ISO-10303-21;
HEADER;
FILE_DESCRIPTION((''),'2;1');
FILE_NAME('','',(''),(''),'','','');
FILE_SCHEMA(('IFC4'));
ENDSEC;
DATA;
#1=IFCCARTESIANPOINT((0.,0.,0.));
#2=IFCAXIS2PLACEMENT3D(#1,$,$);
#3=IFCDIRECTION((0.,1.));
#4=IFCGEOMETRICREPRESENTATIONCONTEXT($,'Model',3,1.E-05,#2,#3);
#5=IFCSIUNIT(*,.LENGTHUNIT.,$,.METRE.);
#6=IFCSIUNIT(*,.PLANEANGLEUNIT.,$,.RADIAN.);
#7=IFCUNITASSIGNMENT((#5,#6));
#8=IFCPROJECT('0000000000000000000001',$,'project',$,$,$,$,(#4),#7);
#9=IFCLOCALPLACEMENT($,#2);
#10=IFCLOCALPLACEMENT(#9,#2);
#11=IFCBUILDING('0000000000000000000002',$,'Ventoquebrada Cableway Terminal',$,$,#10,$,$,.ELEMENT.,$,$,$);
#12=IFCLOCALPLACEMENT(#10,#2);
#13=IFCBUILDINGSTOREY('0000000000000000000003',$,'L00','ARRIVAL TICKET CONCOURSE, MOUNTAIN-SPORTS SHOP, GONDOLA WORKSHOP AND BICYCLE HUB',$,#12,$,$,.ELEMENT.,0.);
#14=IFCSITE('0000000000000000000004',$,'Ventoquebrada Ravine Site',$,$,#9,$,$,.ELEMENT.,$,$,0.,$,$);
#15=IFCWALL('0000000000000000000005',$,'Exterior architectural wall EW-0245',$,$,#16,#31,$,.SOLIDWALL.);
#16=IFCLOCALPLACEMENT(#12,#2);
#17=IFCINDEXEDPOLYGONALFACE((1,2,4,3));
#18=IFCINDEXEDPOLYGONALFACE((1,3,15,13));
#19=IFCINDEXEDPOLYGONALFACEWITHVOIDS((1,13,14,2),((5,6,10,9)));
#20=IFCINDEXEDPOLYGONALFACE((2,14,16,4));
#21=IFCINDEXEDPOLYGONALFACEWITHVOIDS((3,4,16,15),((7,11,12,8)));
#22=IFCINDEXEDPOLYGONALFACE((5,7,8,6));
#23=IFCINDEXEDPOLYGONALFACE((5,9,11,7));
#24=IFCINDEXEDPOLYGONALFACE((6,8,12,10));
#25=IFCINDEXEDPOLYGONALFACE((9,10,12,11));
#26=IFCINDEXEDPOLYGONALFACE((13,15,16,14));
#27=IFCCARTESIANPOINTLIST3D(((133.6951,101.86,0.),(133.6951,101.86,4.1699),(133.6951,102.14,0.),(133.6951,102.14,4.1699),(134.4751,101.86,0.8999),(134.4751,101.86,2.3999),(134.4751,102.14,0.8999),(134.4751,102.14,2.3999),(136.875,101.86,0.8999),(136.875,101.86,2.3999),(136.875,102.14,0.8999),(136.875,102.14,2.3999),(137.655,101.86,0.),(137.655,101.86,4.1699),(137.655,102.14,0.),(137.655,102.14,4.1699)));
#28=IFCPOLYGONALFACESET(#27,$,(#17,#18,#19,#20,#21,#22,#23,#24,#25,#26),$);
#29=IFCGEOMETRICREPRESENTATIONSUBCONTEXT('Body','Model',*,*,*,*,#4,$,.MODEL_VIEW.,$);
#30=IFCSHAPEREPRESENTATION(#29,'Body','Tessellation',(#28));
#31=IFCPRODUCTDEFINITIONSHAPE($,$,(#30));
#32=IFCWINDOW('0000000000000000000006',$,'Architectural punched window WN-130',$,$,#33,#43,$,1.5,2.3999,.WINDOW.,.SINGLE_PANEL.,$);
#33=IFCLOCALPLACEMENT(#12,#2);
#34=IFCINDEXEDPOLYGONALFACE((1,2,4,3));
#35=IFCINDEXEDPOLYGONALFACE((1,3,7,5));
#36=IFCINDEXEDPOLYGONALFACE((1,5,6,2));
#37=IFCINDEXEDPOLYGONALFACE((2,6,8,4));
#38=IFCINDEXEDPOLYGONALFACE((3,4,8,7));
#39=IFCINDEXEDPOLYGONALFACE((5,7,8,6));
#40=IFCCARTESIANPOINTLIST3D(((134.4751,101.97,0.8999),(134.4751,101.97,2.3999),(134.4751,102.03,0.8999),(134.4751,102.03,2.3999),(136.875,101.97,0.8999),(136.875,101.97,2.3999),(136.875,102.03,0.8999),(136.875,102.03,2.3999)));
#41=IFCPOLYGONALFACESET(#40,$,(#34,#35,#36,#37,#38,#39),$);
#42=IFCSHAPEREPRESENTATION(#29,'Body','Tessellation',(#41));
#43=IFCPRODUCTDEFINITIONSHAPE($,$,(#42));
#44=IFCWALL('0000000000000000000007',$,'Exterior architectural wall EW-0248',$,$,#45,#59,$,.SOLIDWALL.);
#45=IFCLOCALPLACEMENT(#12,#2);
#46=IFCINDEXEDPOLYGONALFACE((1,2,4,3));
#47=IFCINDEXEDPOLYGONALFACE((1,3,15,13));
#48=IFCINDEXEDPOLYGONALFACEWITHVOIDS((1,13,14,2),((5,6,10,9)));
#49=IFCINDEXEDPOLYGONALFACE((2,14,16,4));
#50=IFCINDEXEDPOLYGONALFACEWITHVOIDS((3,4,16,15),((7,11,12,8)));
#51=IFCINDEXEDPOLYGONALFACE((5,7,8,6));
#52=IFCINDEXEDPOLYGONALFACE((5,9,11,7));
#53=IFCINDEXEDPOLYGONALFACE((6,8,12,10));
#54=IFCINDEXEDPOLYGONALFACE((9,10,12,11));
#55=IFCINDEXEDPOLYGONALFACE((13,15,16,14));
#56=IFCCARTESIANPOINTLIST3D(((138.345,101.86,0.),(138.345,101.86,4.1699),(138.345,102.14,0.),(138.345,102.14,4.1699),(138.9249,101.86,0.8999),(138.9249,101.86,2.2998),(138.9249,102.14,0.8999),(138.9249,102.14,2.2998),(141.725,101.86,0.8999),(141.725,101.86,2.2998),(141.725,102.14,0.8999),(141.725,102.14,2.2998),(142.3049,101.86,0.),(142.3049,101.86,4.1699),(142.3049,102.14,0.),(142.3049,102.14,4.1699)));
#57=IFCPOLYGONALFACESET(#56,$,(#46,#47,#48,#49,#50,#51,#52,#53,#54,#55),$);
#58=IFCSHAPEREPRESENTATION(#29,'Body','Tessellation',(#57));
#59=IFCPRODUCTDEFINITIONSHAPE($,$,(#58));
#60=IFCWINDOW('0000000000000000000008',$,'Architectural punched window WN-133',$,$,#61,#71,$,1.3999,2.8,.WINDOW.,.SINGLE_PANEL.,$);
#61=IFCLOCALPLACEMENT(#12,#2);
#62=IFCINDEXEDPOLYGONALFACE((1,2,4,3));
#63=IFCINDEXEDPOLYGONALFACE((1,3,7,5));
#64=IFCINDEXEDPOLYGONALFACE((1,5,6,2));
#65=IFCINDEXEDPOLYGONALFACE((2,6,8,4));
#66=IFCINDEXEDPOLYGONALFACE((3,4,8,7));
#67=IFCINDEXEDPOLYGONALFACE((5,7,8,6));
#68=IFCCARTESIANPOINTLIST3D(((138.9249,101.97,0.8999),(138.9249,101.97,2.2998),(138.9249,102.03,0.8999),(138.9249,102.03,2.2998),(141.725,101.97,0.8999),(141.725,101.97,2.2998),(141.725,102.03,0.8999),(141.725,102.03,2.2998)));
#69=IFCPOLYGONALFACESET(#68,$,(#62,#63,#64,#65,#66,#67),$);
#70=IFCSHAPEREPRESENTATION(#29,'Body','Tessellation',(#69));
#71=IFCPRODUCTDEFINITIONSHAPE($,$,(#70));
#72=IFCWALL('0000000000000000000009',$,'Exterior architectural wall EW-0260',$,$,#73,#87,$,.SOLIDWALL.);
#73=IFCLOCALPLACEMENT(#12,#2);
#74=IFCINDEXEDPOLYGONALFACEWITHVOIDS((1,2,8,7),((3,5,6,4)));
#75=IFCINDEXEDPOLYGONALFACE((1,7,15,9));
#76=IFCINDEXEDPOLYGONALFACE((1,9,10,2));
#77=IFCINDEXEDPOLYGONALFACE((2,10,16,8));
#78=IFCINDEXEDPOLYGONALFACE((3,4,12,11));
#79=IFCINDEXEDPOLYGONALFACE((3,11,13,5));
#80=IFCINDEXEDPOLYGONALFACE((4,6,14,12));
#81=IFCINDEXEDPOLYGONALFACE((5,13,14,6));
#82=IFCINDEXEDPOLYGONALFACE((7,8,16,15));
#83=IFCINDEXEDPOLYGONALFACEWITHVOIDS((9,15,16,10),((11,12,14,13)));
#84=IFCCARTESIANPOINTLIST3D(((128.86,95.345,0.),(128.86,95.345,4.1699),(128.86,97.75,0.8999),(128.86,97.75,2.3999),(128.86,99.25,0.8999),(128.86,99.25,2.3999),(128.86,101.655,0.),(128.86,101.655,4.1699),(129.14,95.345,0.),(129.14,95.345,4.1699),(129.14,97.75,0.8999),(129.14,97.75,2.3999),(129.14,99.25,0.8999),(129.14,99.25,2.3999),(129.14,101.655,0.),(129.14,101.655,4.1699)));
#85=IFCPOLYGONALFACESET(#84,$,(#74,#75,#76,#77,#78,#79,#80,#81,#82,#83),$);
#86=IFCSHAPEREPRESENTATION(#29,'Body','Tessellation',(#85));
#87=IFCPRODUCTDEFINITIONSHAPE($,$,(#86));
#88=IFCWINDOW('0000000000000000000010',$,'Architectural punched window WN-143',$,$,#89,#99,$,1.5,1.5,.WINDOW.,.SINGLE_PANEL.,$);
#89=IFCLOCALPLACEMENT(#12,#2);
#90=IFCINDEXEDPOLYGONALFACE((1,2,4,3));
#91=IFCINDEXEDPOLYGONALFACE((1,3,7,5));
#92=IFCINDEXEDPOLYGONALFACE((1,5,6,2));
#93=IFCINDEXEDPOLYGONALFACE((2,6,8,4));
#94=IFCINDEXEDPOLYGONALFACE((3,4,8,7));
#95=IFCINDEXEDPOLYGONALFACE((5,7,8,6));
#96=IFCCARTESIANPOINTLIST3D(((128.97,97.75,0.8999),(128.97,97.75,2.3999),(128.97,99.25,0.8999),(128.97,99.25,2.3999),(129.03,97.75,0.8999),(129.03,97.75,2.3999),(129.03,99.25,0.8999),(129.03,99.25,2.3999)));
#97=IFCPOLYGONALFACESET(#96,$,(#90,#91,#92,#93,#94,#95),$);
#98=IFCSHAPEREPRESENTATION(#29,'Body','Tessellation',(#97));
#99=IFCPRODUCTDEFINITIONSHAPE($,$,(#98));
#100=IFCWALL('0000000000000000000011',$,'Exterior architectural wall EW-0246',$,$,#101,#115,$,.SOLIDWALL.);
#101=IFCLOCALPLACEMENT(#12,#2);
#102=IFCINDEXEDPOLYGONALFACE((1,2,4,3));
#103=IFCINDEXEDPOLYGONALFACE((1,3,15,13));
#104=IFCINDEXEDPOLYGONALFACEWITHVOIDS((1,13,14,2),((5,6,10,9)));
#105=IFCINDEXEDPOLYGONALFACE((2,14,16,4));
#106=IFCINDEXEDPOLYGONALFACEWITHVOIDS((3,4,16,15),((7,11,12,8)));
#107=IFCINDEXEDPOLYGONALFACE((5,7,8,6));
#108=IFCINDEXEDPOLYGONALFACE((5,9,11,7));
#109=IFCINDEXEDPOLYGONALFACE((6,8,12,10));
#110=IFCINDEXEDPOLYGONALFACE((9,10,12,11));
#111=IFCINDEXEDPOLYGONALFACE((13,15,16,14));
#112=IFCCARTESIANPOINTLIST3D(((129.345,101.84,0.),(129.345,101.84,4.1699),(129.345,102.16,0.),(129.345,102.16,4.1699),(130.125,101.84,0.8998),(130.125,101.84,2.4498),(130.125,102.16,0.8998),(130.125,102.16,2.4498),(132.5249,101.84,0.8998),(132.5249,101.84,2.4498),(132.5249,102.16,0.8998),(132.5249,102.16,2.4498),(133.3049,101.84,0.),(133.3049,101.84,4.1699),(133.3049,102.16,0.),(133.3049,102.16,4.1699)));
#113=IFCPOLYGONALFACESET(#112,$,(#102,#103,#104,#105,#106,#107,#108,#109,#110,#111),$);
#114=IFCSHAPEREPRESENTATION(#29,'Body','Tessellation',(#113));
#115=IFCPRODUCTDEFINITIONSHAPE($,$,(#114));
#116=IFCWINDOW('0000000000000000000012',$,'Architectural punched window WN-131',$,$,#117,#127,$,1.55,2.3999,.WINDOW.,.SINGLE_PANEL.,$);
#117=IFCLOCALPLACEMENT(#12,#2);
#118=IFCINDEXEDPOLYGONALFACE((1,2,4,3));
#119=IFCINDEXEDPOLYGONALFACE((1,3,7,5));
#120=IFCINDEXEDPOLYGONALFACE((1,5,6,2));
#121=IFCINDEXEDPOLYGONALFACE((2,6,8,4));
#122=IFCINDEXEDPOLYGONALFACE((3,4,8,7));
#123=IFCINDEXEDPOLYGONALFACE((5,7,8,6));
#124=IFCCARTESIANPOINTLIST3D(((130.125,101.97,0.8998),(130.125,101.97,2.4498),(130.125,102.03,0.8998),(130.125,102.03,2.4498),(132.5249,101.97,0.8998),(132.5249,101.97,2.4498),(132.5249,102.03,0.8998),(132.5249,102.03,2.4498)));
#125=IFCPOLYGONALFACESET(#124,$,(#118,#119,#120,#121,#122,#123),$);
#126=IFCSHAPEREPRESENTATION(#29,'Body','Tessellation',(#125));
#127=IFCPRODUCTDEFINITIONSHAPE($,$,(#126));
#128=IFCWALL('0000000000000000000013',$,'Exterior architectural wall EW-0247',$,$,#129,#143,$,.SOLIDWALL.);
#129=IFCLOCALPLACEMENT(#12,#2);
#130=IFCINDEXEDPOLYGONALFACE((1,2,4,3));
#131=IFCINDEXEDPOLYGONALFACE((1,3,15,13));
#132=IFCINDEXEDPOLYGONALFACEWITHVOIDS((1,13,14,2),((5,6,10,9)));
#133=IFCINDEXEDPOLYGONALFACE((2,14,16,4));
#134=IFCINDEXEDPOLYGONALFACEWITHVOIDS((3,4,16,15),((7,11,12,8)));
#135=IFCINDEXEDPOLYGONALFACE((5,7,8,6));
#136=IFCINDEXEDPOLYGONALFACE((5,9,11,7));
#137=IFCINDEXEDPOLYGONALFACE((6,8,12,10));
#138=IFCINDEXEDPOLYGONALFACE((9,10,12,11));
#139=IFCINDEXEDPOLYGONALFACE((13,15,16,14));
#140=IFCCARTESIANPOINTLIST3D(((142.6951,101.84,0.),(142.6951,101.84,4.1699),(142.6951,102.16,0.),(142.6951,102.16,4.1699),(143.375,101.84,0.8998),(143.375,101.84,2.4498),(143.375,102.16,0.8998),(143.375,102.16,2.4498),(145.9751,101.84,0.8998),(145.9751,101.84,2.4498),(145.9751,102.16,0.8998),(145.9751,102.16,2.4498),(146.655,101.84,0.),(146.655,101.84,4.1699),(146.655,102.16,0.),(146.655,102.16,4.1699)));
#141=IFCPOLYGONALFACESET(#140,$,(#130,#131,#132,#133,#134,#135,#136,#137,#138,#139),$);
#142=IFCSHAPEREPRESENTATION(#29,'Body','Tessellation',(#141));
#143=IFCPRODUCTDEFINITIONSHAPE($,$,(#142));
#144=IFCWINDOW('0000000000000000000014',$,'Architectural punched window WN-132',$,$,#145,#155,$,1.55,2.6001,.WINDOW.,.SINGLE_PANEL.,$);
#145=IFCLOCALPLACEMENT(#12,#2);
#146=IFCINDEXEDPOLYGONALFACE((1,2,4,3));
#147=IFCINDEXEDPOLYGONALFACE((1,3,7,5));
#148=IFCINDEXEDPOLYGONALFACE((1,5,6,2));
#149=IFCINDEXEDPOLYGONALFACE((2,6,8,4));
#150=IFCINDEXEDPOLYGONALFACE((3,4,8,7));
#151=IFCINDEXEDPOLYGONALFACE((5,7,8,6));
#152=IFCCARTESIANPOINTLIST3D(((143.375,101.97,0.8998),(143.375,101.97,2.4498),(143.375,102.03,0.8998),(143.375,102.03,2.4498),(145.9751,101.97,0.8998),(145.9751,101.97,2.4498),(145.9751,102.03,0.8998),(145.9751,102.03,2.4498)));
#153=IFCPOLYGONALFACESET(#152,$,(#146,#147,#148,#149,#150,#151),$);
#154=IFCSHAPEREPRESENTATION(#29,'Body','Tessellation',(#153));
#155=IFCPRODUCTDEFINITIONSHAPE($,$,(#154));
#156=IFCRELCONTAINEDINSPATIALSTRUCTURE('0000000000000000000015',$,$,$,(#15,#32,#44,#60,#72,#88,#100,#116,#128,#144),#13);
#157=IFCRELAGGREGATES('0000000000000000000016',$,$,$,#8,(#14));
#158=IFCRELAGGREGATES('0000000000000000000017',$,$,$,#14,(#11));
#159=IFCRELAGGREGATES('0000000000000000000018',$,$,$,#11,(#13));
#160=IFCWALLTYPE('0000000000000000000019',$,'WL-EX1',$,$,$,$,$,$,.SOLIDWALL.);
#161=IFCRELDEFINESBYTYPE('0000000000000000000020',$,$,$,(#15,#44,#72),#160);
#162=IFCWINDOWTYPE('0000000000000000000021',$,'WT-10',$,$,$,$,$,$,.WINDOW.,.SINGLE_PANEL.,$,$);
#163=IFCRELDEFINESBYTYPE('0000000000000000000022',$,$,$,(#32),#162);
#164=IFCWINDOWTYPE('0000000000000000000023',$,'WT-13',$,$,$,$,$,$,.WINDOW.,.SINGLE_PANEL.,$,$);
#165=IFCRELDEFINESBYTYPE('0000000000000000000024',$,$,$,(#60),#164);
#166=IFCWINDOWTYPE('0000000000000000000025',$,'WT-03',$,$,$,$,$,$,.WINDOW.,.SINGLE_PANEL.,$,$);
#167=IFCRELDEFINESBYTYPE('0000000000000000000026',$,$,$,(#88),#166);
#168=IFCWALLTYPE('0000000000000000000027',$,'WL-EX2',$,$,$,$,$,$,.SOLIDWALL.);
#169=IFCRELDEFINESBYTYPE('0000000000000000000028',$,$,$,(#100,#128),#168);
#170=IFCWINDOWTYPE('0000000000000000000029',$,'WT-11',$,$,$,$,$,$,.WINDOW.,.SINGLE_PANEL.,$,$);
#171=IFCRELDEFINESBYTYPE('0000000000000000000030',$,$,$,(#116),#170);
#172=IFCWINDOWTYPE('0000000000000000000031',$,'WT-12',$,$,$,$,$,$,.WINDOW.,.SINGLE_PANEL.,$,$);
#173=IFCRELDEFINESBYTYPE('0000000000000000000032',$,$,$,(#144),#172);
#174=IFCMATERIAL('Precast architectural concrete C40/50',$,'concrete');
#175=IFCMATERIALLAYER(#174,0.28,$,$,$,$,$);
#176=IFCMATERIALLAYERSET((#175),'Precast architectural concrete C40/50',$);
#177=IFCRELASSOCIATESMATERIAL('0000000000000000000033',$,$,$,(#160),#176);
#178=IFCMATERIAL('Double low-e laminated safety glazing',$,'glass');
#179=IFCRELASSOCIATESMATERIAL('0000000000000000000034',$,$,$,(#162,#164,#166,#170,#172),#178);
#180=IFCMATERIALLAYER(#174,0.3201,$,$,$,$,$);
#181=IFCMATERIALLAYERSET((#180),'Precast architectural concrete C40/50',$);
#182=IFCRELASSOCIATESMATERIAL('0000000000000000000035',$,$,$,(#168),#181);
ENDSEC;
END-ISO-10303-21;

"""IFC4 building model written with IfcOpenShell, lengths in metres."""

from ifc_helpers import new_model, si_unit, direction, frame, frame_2d, origin, place, context, subcontext, project, spatial, rectangle, extrude, material, layer, layer_set, type_object, element, fill, save


model = new_model("IFC4")

# Units and contexts
model_context = context("Model", 3, precision=1e-05, world=origin(), true_north=direction((0.0, 1.0)))
body_context = subcontext(model_context, "Body", "Model", "MODEL_VIEW")
ifc_project = project(units=[si_unit("LENGTHUNIT", "METRE"), si_unit("PLANEANGLEUNIT", "RADIAN")], contexts=[model_context])

# Site, building, storey
site_placement = place(None, origin())
site = spatial("IfcSite", under=ifc_project, at=site_placement, Name="Ventoquebrada Ravine Site", CompositionType="ELEMENT", RefElevation=0.0)
building_placement = place(site_placement, origin())
building = spatial("IfcBuilding", under=site, at=building_placement, Name="Ventoquebrada Cableway Terminal", CompositionType="ELEMENT")
storey_placement = place(building_placement, origin())
storey = spatial("IfcBuildingStorey", under=building, at=storey_placement, Name="L00", Description="ARRIVAL TICKET CONCOURSE, MOUNTAIN-SPORTS SHOP, GONDOLA WORKSHOP AND BICYCLE HUB", CompositionType="ELEMENT", Elevation=0.0)

# Walls, openings, windows
ifc_material_1 = material(Name="Precast architectural concrete C40/50", Category="concrete")
ifc_layer_1 = layer(ifc_material_1, 0.28)
ifc_layer_set_1 = layer_set([ifc_layer_1], Name="Precast architectural concrete C40/50")
wall_type_1 = type_object("IfcWallType", Name="WL-EX1", PredefinedType="SOLIDWALL", material=ifc_layer_set_1)
wall_1_placement = place(storey_placement, frame((137.655, 102.0, 0.0), z_axis=(0.0, 0.0, 1.0), x_axis=(-1.0, 0.0, 0.0)))
wall_1 = element("IfcWall", 1, at=wall_1_placement, inside=storey, type_object=wall_type_1, Name="Exterior architectural wall EW-0245", PredefinedType="SOLIDWALL", context=body_context, shape_type="SweptSolid", body=[
    extrude(rectangle(XDim=3.96, YDim=0.28, at=frame_2d((1.98, 0.0))), origin(), (0.0, 0.0, 1.0), 4.1699),
])
opening_1_placement = place(wall_1_placement, frame((0.78, 0.0, 0.8999)))
opening_1 = element("IfcOpeningElement", 2, at=opening_1_placement, cuts=wall_1, PredefinedType="OPENING", context=body_context, shape_type="SweptSolid", body=[
    extrude(rectangle(XDim=2.3999, YDim=1.5, at=frame_2d((1.2, 0.75))), frame((0.0, 0.1499, 0.0), z_axis=(0.0, -1.0, 0.0), x_axis=(1.0, 0.0, 0.0)), (0.0, 0.0, 1.0), 0.3),
])
ifc_material_2 = material(Name="Double low-e laminated safety glazing", Category="glass")
window_type_1 = type_object("IfcWindowType", Name="WT-10", PartitioningType="SINGLE_PANEL", PredefinedType="WINDOW", material=ifc_material_2)
window_1_placement = place(opening_1_placement, origin())
window_1 = element("IfcWindow", 3, at=window_1_placement, inside=storey, type_object=window_type_1, Name="Architectural punched window WN-130", OverallHeight=1.5, OverallWidth=2.3999, PartitioningType="SINGLE_PANEL", PredefinedType="WINDOW", context=body_context, shape_type="SweptSolid", body=[
    extrude(rectangle(XDim=2.3999, YDim=1.5, at=frame_2d((1.2, 0.75))), frame((0.0, 0.03, 0.0), z_axis=(0.0, -1.0, 0.0), x_axis=(1.0, 0.0, 0.0)), (0.0, 0.0, 1.0), 0.0601),
])
fill(opening_1, window_1)
wall_2_placement = place(storey_placement, frame((142.3049, 102.0, 0.0), z_axis=(0.0, 0.0, 1.0), x_axis=(-1.0, 0.0, 0.0)))
wall_2 = element("IfcWall", 4, at=wall_2_placement, inside=storey, type_object=wall_type_1, Name="Exterior architectural wall EW-0248", PredefinedType="SOLIDWALL", context=body_context, shape_type="SweptSolid", body=[
    extrude(rectangle(XDim=3.96, YDim=0.28, at=frame_2d((1.98, 0.0))), origin(), (0.0, 0.0, 1.0), 4.1699),
])
opening_2_placement = place(wall_2_placement, frame((0.5801, 0.0, 0.8999)))
opening_2 = element("IfcOpeningElement", 5, at=opening_2_placement, cuts=wall_2, PredefinedType="OPENING", context=body_context, shape_type="SweptSolid", body=[
    extrude(rectangle(XDim=2.8, YDim=1.3999, at=frame_2d((1.3999, 0.7))), frame((0.0, 0.1499, 0.0), z_axis=(0.0, -1.0, 0.0), x_axis=(1.0, 0.0, 0.0)), (0.0, 0.0, 1.0), 0.3),
])
window_type_2 = type_object("IfcWindowType", Name="WT-13", PartitioningType="SINGLE_PANEL", PredefinedType="WINDOW", material=ifc_material_2)
window_2_placement = place(opening_2_placement, origin())
window_2 = element("IfcWindow", 6, at=window_2_placement, inside=storey, type_object=window_type_2, Name="Architectural punched window WN-133", OverallHeight=1.3999, OverallWidth=2.8, PartitioningType="SINGLE_PANEL", PredefinedType="WINDOW", context=body_context, shape_type="SweptSolid", body=[
    extrude(rectangle(XDim=2.8, YDim=1.3999, at=frame_2d((1.3999, 0.7))), frame((0.0, 0.03, 0.0), z_axis=(0.0, -1.0, 0.0), x_axis=(1.0, 0.0, 0.0)), (0.0, 0.0, 1.0), 0.0601),
])
fill(opening_2, window_2)
wall_3_placement = place(storey_placement, frame((129.0, 101.655, 0.0), z_axis=(0.0, 0.0, 1.0), x_axis=(0.0, -1.0, 0.0)))
wall_3 = element("IfcWall", 7, at=wall_3_placement, inside=storey, type_object=wall_type_1, Name="Exterior architectural wall EW-0260", PredefinedType="SOLIDWALL", context=body_context, shape_type="SweptSolid", body=[
    extrude(rectangle(XDim=6.3101, YDim=0.28, at=frame_2d((3.155, 0.0))), origin(), (0.0, 0.0, 1.0), 4.1699),
])
opening_3_placement = place(wall_3_placement, frame((2.405, 0.0, 0.8999)))
opening_3 = element("IfcOpeningElement", 8, at=opening_3_placement, cuts=wall_3, PredefinedType="OPENING", context=body_context, shape_type="SweptSolid", body=[
    extrude(rectangle(XDim=1.5, YDim=1.5, at=frame_2d((0.75, 0.75))), frame((0.0, 0.1499, 0.0), z_axis=(0.0, -1.0, 0.0), x_axis=(1.0, 0.0, 0.0)), (0.0, 0.0, 1.0), 0.3),
])
window_type_3 = type_object("IfcWindowType", Name="WT-03", PartitioningType="SINGLE_PANEL", PredefinedType="WINDOW", material=ifc_material_2)
window_3_placement = place(opening_3_placement, origin())
window_3 = element("IfcWindow", 9, at=window_3_placement, inside=storey, type_object=window_type_3, Name="Architectural punched window WN-143", OverallHeight=1.5, OverallWidth=1.5, PartitioningType="SINGLE_PANEL", PredefinedType="WINDOW", context=body_context, shape_type="SweptSolid", body=[
    extrude(rectangle(XDim=1.5, YDim=1.5, at=frame_2d((0.75, 0.75))), frame((0.0, 0.03, 0.0), z_axis=(0.0, -1.0, 0.0), x_axis=(1.0, 0.0, 0.0)), (0.0, 0.0, 1.0), 0.0601),
])
fill(opening_3, window_3)
ifc_layer_2 = layer(ifc_material_1, 0.3201)
ifc_layer_set_2 = layer_set([ifc_layer_2], Name="Precast architectural concrete C40/50")
wall_type_2 = type_object("IfcWallType", Name="WL-EX2", PredefinedType="SOLIDWALL", material=ifc_layer_set_2)
wall_4_placement = place(storey_placement, frame((133.3049, 102.0, 0.0), z_axis=(0.0, 0.0, 1.0), x_axis=(-1.0, 0.0, 0.0)))
wall_4 = element("IfcWall", 10, at=wall_4_placement, inside=storey, type_object=wall_type_2, Name="Exterior architectural wall EW-0246", PredefinedType="SOLIDWALL", context=body_context, shape_type="SweptSolid", body=[
    extrude(rectangle(XDim=3.96, YDim=0.3201, at=frame_2d((1.98, 0.0))), origin(), (0.0, 0.0, 1.0), 4.1699),
])
opening_4_placement = place(wall_4_placement, frame((0.78, 0.0, 0.8999)))
opening_4 = element("IfcOpeningElement", 11, at=opening_4_placement, cuts=wall_4, PredefinedType="OPENING", context=body_context, shape_type="SweptSolid", body=[
    extrude(rectangle(XDim=2.3999, YDim=1.55, at=frame_2d((1.2, 0.7749))), frame((0.0, 0.1699, 0.0), z_axis=(0.0, -1.0, 0.0), x_axis=(1.0, 0.0, 0.0)), (0.0, 0.0, 1.0), 0.3401),
])
window_type_4 = type_object("IfcWindowType", Name="WT-11", PartitioningType="SINGLE_PANEL", PredefinedType="WINDOW", material=ifc_material_2)
window_4_placement = place(opening_4_placement, origin())
window_4 = element("IfcWindow", 12, at=window_4_placement, inside=storey, type_object=window_type_4, Name="Architectural punched window WN-131", OverallHeight=1.55, OverallWidth=2.3999, PartitioningType="SINGLE_PANEL", PredefinedType="WINDOW", context=body_context, shape_type="SweptSolid", body=[
    extrude(rectangle(XDim=2.3999, YDim=1.55, at=frame_2d((1.2, 0.7749))), frame((0.0, 0.03, 0.0), z_axis=(0.0, -1.0, 0.0), x_axis=(1.0, 0.0, 0.0)), (0.0, 0.0, 1.0), 0.0601),
])
fill(opening_4, window_4)
wall_5_placement = place(storey_placement, frame((146.655, 102.0, 0.0), z_axis=(0.0, 0.0, 1.0), x_axis=(-1.0, 0.0, 0.0)))
wall_5 = element("IfcWall", 13, at=wall_5_placement, inside=storey, type_object=wall_type_2, Name="Exterior architectural wall EW-0247", PredefinedType="SOLIDWALL", context=body_context, shape_type="SweptSolid", body=[
    extrude(rectangle(XDim=3.96, YDim=0.3201, at=frame_2d((1.98, 0.0))), origin(), (0.0, 0.0, 1.0), 4.1699),
])
opening_5_placement = place(wall_5_placement, frame((0.6799, 0.0, 0.8999)))
opening_5 = element("IfcOpeningElement", 14, at=opening_5_placement, cuts=wall_5, PredefinedType="OPENING", context=body_context, shape_type="SweptSolid", body=[
    extrude(rectangle(XDim=2.6001, YDim=1.55, at=frame_2d((1.3, 0.7749))), frame((0.0, 0.1699, 0.0), z_axis=(0.0, -1.0, 0.0), x_axis=(1.0, 0.0, 0.0)), (0.0, 0.0, 1.0), 0.3401),
])
window_type_5 = type_object("IfcWindowType", Name="WT-12", PartitioningType="SINGLE_PANEL", PredefinedType="WINDOW", material=ifc_material_2)
window_5_placement = place(opening_5_placement, origin())
window_5 = element("IfcWindow", 15, at=window_5_placement, inside=storey, type_object=window_type_5, Name="Architectural punched window WN-132", OverallHeight=1.55, OverallWidth=2.6001, PartitioningType="SINGLE_PANEL", PredefinedType="WINDOW", context=body_context, shape_type="SweptSolid", body=[
    extrude(rectangle(XDim=2.6001, YDim=1.55, at=frame_2d((1.3, 0.7749))), frame((0.0, 0.03, 0.0), z_axis=(0.0, -1.0, 0.0), x_axis=(1.0, 0.0, 0.0)), (0.0, 0.0, 1.0), 0.0601),
])
fill(opening_5, window_5)

save(model, "model.ifc")
